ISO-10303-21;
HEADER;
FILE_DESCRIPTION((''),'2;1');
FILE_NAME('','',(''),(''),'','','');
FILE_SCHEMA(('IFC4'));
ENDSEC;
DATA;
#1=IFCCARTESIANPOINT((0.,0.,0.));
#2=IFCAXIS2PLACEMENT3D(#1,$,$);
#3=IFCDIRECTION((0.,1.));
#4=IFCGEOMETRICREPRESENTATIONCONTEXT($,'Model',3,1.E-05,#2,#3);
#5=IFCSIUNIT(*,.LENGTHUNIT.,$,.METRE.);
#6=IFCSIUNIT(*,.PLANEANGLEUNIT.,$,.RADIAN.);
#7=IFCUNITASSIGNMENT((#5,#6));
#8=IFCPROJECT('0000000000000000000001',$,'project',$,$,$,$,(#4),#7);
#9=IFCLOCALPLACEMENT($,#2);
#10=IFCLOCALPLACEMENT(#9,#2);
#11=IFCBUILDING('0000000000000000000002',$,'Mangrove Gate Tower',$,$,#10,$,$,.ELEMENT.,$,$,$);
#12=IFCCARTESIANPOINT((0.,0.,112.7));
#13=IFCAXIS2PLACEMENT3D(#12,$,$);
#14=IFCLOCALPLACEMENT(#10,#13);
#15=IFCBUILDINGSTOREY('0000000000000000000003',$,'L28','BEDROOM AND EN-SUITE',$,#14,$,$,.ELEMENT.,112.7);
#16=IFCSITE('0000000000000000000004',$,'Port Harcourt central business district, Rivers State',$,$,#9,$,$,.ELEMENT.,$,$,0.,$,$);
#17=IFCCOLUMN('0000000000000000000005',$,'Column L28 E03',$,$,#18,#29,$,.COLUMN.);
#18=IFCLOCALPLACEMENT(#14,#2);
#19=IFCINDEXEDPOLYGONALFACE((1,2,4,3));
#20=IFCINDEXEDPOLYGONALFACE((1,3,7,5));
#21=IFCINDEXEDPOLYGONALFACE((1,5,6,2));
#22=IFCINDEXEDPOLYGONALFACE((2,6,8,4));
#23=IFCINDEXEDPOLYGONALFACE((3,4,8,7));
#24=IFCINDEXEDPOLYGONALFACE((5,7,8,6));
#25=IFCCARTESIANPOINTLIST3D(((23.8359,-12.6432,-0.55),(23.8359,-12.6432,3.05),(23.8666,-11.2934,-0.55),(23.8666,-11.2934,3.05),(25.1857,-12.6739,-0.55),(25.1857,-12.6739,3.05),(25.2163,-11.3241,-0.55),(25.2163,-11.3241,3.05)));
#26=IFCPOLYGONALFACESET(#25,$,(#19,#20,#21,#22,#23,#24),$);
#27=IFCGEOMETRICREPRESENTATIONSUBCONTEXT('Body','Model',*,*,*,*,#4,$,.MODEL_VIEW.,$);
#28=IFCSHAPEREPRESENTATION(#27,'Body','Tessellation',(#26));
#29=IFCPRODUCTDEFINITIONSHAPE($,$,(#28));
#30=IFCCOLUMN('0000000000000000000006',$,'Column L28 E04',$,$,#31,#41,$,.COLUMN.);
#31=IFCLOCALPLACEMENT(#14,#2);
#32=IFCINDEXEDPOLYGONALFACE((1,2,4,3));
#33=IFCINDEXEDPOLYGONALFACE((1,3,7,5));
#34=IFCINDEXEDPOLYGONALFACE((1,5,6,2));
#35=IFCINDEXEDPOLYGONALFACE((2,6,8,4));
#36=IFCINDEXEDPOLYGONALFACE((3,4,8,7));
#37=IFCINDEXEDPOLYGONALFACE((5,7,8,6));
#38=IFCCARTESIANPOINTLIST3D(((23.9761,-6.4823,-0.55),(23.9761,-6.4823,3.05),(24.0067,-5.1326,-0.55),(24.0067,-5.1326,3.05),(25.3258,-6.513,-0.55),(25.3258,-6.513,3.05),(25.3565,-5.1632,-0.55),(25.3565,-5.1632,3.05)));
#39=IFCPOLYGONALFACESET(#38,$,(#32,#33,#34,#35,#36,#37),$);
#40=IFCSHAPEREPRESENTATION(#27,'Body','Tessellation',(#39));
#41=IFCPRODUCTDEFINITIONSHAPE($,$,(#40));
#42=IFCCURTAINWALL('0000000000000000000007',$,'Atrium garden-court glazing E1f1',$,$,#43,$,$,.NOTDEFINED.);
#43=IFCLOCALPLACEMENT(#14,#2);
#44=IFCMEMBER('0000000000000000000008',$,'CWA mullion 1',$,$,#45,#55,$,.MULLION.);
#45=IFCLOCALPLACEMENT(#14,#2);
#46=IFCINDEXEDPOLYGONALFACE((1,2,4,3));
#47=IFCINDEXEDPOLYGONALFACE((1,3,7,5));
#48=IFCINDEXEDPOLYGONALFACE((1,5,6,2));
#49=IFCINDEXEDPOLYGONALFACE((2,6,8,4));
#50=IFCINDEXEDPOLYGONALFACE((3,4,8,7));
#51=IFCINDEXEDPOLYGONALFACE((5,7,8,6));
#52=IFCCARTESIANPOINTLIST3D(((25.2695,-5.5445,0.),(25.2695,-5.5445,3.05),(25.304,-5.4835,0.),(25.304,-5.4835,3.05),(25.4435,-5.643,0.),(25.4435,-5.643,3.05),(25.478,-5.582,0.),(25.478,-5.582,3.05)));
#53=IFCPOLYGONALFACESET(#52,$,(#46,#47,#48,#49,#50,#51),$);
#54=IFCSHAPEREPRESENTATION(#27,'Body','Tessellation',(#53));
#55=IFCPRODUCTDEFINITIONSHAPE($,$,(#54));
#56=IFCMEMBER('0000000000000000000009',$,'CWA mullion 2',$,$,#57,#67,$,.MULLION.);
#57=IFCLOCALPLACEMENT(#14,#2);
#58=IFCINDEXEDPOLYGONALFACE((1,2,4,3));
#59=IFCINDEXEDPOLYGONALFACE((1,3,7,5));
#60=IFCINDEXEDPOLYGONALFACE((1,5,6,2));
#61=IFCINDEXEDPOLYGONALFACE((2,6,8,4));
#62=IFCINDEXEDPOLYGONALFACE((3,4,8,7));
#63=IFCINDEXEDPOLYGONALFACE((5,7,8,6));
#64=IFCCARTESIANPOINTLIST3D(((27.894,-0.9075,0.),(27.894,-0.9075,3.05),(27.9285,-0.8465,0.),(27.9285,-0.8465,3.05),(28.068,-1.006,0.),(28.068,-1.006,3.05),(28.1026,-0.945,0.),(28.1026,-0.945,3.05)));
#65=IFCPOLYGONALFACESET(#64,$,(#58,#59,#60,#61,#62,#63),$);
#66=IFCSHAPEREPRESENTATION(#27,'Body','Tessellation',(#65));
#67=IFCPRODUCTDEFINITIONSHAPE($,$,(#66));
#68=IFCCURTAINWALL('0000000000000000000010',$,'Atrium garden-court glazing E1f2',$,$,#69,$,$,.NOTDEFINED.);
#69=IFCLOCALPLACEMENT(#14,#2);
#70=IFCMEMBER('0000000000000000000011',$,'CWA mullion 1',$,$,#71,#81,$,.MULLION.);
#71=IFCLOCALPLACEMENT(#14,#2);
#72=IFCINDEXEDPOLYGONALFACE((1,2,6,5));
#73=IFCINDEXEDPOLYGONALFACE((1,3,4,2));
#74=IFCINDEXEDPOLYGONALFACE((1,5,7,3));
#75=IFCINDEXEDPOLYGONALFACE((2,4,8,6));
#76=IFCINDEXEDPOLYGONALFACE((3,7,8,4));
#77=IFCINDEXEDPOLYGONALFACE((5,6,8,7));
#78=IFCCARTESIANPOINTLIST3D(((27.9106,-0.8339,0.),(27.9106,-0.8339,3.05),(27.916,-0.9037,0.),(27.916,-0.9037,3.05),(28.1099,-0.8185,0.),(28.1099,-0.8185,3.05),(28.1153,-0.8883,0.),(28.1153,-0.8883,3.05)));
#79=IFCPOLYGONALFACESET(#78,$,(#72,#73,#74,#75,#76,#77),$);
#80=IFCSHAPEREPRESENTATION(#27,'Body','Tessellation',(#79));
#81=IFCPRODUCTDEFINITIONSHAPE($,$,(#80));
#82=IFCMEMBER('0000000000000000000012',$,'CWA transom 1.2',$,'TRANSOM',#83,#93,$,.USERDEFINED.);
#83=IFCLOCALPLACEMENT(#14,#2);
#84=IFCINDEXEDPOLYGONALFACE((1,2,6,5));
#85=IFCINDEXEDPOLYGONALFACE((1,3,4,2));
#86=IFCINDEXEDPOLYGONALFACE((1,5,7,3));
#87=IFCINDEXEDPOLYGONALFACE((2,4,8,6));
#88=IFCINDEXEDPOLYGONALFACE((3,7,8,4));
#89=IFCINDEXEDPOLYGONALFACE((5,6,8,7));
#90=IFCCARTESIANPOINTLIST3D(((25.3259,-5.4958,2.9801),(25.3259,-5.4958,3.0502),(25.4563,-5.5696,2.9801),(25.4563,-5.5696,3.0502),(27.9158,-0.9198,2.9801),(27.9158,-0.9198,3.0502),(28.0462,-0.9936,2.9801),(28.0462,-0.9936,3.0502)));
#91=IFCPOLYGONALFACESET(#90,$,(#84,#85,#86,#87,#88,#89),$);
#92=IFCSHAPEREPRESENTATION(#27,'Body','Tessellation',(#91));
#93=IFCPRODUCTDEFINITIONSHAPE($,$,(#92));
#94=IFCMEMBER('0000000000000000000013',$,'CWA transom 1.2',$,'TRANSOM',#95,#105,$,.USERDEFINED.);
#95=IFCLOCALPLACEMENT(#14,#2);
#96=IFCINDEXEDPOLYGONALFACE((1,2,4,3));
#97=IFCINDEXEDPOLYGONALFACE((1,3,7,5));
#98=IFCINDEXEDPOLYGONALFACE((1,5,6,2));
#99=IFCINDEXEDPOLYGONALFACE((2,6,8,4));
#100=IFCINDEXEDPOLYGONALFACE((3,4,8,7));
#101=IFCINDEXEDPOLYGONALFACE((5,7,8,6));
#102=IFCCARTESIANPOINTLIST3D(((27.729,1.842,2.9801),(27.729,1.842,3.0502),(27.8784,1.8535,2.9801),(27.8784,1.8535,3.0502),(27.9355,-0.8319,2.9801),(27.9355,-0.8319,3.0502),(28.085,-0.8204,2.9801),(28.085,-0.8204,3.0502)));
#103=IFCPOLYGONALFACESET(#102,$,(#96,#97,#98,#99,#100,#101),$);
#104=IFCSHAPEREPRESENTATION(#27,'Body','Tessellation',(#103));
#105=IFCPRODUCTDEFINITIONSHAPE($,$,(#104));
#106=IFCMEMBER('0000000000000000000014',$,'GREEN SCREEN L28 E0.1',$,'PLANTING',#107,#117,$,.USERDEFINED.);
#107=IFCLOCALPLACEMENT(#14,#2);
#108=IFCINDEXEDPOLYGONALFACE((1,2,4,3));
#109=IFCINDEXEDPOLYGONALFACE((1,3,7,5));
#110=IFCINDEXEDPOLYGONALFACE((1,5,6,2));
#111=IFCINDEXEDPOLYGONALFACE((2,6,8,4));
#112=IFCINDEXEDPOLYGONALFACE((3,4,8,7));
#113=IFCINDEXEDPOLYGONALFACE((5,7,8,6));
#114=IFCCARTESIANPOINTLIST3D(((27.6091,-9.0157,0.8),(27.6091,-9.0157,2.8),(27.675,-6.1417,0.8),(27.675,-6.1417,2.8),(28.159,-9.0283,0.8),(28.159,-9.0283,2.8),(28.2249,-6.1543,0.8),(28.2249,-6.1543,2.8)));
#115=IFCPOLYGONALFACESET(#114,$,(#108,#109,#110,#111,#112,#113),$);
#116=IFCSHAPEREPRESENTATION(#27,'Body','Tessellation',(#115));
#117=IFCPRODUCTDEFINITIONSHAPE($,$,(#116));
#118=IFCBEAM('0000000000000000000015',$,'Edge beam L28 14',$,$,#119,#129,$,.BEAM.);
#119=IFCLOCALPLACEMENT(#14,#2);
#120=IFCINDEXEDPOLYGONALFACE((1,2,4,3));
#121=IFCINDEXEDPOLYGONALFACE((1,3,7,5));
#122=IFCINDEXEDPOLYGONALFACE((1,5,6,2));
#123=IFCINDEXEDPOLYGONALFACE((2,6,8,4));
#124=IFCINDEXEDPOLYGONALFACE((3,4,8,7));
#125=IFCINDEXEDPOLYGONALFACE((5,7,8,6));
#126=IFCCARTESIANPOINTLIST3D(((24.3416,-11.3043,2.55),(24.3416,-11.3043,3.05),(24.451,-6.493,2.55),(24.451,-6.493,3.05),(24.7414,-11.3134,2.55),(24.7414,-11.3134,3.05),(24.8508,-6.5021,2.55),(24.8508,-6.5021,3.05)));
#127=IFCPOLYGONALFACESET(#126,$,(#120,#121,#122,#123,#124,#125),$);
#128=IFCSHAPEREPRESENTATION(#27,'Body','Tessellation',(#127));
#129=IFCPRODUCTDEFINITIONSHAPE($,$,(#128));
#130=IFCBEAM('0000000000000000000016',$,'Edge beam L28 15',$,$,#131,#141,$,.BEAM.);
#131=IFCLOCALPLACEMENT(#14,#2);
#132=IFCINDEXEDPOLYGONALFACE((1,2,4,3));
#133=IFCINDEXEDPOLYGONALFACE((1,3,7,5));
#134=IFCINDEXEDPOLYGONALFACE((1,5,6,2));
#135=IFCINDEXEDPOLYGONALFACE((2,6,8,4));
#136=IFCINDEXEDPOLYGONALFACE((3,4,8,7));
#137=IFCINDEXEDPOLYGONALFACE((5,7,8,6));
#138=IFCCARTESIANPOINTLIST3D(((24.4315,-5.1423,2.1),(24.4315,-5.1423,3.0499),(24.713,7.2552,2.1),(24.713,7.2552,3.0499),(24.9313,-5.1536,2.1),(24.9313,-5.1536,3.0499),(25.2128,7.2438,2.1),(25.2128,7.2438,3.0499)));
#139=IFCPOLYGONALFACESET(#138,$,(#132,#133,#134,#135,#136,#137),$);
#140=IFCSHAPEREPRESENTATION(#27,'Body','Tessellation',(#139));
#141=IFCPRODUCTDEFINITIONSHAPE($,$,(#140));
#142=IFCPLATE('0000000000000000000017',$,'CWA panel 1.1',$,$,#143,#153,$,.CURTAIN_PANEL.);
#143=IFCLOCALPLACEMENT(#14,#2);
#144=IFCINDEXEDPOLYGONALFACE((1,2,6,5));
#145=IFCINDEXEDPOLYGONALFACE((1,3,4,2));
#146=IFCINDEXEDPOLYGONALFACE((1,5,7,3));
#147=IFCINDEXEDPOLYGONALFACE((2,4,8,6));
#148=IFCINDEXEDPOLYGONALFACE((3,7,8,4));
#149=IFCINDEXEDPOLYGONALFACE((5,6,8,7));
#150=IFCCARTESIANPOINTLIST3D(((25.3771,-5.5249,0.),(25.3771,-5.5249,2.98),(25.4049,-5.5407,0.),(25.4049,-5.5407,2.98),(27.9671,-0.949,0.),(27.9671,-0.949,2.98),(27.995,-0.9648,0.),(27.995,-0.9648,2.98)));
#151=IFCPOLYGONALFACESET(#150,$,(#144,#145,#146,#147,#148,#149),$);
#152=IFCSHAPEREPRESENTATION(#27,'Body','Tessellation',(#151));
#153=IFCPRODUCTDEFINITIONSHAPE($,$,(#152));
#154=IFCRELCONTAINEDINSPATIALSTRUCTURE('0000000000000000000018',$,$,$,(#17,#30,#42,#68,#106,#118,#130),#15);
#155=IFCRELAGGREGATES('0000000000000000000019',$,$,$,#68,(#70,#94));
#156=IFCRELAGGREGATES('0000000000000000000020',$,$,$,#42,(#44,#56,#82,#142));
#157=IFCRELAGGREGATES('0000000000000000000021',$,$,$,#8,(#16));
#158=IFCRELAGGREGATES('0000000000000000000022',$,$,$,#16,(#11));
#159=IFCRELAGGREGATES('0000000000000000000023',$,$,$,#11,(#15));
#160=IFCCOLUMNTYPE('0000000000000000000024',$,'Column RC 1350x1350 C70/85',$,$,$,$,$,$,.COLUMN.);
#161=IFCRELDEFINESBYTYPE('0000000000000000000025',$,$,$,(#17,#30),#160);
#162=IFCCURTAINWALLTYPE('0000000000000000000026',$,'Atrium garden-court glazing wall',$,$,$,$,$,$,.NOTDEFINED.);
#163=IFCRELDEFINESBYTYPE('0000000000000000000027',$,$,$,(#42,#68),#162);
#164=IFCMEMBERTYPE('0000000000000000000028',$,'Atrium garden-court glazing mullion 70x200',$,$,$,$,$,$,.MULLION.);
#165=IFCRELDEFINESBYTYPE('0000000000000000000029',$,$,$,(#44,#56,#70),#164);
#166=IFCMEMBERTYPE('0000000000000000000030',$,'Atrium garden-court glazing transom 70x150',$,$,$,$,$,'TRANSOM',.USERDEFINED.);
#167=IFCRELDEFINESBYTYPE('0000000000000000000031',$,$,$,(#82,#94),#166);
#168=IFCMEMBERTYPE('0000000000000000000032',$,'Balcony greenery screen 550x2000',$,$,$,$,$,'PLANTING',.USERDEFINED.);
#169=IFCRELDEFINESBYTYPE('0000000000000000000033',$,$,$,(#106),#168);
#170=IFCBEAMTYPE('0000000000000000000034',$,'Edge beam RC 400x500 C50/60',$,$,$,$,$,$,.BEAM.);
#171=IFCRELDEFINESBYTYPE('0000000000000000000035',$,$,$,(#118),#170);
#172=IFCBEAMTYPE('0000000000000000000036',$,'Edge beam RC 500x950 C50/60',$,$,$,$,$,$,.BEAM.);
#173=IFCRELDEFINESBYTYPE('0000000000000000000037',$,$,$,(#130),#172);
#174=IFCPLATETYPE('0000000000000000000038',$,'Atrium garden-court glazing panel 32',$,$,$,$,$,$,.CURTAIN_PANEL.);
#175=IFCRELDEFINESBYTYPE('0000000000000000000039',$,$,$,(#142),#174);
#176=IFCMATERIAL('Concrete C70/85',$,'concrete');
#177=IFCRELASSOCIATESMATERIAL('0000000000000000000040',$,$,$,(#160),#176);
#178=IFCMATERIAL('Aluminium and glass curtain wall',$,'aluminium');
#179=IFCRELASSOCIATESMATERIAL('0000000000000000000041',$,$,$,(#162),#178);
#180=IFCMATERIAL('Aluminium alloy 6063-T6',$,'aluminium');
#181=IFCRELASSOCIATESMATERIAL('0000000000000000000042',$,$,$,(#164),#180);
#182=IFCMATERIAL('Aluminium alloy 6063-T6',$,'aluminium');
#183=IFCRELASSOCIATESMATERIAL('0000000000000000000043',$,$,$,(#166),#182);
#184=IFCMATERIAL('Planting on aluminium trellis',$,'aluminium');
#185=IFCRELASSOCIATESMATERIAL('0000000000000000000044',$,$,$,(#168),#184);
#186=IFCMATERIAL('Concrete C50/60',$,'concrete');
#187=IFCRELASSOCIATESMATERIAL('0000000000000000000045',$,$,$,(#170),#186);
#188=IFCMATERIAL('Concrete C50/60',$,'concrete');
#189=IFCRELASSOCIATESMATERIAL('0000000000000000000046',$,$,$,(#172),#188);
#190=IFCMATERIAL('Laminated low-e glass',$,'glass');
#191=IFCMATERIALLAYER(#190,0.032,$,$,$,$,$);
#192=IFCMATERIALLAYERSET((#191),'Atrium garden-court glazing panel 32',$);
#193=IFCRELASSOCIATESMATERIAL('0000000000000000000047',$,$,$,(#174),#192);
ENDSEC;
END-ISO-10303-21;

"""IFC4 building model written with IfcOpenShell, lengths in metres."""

from ifc_helpers import new_model, si_unit, direction, frame, origin, origin_2d, place, context, subcontext, project, spatial, rectangle, extrude, material, layer, layer_set, material_profile, profile_set, type_object, element, aggregate, save


model = new_model("IFC4")

# Units and contexts
model_context = context("Model", 3, precision=1e-05, world=origin(), true_north=direction((0.0, 1.0)))
body_context = subcontext(model_context, "Body", "Model", "MODEL_VIEW")
ifc_project = project(units=[si_unit("LENGTHUNIT", "METRE"), si_unit("PLANEANGLEUNIT", "RADIAN")], contexts=[model_context])

# Site, building, storey
site_placement = place(None, origin())
site = spatial("IfcSite", under=ifc_project, at=site_placement, Name="Port Harcourt central business district, Rivers State", CompositionType="ELEMENT", RefElevation=0.0)
building_placement = place(site_placement, origin())
building = spatial("IfcBuilding", under=site, at=building_placement, Name="Mangrove Gate Tower", CompositionType="ELEMENT")
storey_placement = place(building_placement, frame((0.0, 0.0, 112.7)))
storey = spatial("IfcBuildingStorey", under=building, at=storey_placement, Name="L28", Description="BEDROOM AND EN-SUITE", CompositionType="ELEMENT", Elevation=112.7)

# Columns
ifc_material_1 = material(Name="Concrete C70/85", Category="concrete")
ifc_material_profile_1 = material_profile(ifc_material_1, rectangle(XDim=1.3501, YDim=1.3501, at=origin_2d()))
ifc_profile_set_1 = profile_set([ifc_material_profile_1], Name="Concrete C70/85")
column_type = type_object("IfcColumnType", Name="Column RC 1350x1350 C70/85", PredefinedType="COLUMN", material=ifc_profile_set_1)
for number, where, z_axis, x_axis, name in (
    (1, (24.5261, -11.9836, -0.55), (0.0, 0.0, 1.0), (0.022718, 0.999742, 0.0), "Column L28 E03"),
    (2, (24.6663, -5.8228, -0.55), (0.0, 0.0, 1.0), (0.022699, 0.999742, 0.0), "Column L28 E04"),
):
    element("IfcColumn", number, at=place(storey_placement, frame(where, z_axis=z_axis, x_axis=x_axis)), inside=storey, type_object=column_type, Name=name, PredefinedType="COLUMN", context=body_context, shape_type="SweptSolid", body=[
        extrude(rectangle(XDim=1.3501, YDim=1.3501, at=origin_2d()), origin(), (0.0, 0.0, 1.0), 3.6001),
    ])

# Curtain wall, members
ifc_material_2 = material(Name="Aluminium and glass curtain wall", Category="aluminium")
curtain_wall_type = type_object("IfcCurtainWallType", Name="Atrium garden-court glazing wall", PredefinedType="NOTDEFINED", material=ifc_material_2)
curtain_wall_1_placement = place(storey_placement, origin())
curtain_wall_1 = element("IfcCurtainWall", 3, at=curtain_wall_1_placement, inside=storey, type_object=curtain_wall_type, Name="Atrium garden-court glazing E1f1", PredefinedType="NOTDEFINED")
ifc_material_3 = material(Name="Aluminium alloy 6063-T6", Category="aluminium")
ifc_material_profile_2 = material_profile(ifc_material_3, rectangle(XDim=0.0701, YDim=0.2, at=origin_2d()))
ifc_profile_set_2 = profile_set([ifc_material_profile_2], Name="Aluminium alloy 6063-T6")
member_type_1 = type_object("IfcMemberType", Name="Atrium garden-court glazing mullion 70x200", PredefinedType="MULLION", material=ifc_profile_set_2)
member_1_placement = place(storey_placement, frame((25.3738, -5.5632, 0.0), z_axis=(0.0, 0.0, 1.0), x_axis=(0.492585, 0.870265, 0.0)))
member_1 = element("IfcMember", 4, at=member_1_placement, type_object=member_type_1, Name="CWA mullion 1", PredefinedType="MULLION", context=body_context, shape_type="SweptSolid", body=[
    extrude(rectangle(XDim=0.0701, YDim=0.2, at=origin_2d()), origin(), (0.0, 0.0, 1.0), 3.05),
])
member_2_placement = place(storey_placement, frame((27.9983, -0.9263, 0.0), z_axis=(0.0, 0.0, 1.0), x_axis=(0.492585, 0.870265, 0.0)))
member_2 = element("IfcMember", 5, at=member_2_placement, type_object=member_type_1, Name="CWA mullion 2", PredefinedType="MULLION", context=body_context, shape_type="SweptSolid", body=[
    extrude(rectangle(XDim=0.0701, YDim=0.2, at=origin_2d()), origin(), (0.0, 0.0, 1.0), 3.05),
])

# Curtain wall, member
curtain_wall_2_placement = place(storey_placement, origin())
curtain_wall_2 = element("IfcCurtainWall", 6, at=curtain_wall_2_placement, inside=storey, type_object=curtain_wall_type, Name="Atrium garden-court glazing E1f2", PredefinedType="NOTDEFINED")
member_3_placement = place(storey_placement, frame((28.0129, -0.8611, 0.0), z_axis=(0.0, 0.0, 1.0), x_axis=(-0.077023, 0.997029, 0.0)))
member_3 = element("IfcMember", 7, at=member_3_placement, type_object=member_type_1, Name="CWA mullion 1", PredefinedType="MULLION", context=body_context, shape_type="SweptSolid", body=[
    extrude(rectangle(XDim=0.0701, YDim=0.2, at=origin_2d()), origin(), (0.0, 0.0, 1.0), 3.05),
])

# Members
ifc_material_4 = material(Name="Aluminium alloy 6063-T6", Category="aluminium")
ifc_material_profile_3 = material_profile(ifc_material_4, rectangle(XDim=0.0701, YDim=0.1499, at=origin_2d()))
ifc_profile_set_3 = profile_set([ifc_material_profile_3], Name="Aluminium alloy 6063-T6")
member_type_2 = type_object("IfcMemberType", Name="Atrium garden-court glazing transom 70x150", ElementType="TRANSOM", PredefinedType="USERDEFINED", material=ifc_profile_set_3)
member_4_placement = place(storey_placement, frame((25.3911, -5.5327, 3.0151), z_axis=(0.492554, 0.870282, 0.0), x_axis=(0.0, 0.0, 1.0)))
member_4 = element("IfcMember", 8, at=member_4_placement, type_object=member_type_2, Name="CWA transom 1.2", ObjectType="TRANSOM", PredefinedType="USERDEFINED", context=body_context, shape_type="SweptSolid", body=[
    extrude(rectangle(XDim=0.0701, YDim=0.1499, at=origin_2d()), origin(), (0.0, 0.0, 1.0), 5.2581),
])
member_5_placement = place(storey_placement, frame((28.0103, -0.8262, 3.0151), z_axis=(-0.077017, 0.99703, 0.0), x_axis=(0.0, 0.0, 1.0)))
member_5 = element("IfcMember", 9, at=member_5_placement, type_object=member_type_2, Name="CWA transom 1.2", ObjectType="TRANSOM", PredefinedType="USERDEFINED", context=body_context, shape_type="SweptSolid", body=[
    extrude(rectangle(XDim=0.0701, YDim=0.1499, at=origin_2d()), origin(), (0.0, 0.0, 1.0), 2.6819),
])
aggregate(curtain_wall_2, [member_3, member_5])
ifc_material_5 = material(Name="Planting on aluminium trellis", Category="aluminium")
ifc_material_profile_4 = material_profile(ifc_material_5, rectangle(XDim=0.55, YDim=2.0, at=origin_2d()))
ifc_profile_set_4 = profile_set([ifc_material_profile_4], Name="Planting on aluminium trellis")
member_type_3 = type_object("IfcMemberType", Name="Balcony greenery screen 550x2000", ElementType="PLANTING", PredefinedType="USERDEFINED", material=ifc_profile_set_4)
member_6_placement = place(storey_placement, frame((27.884, -9.022, 1.8), z_axis=(0.02293, 0.999737, 0.0), x_axis=(-0.999737, 0.02293, 0.0)))
element("IfcMember", 10, at=member_6_placement, inside=storey, type_object=member_type_3, Name="GREEN SCREEN L28 E0.1", ObjectType="PLANTING", PredefinedType="USERDEFINED", context=body_context, shape_type="SweptSolid", body=[
    extrude(rectangle(XDim=0.55, YDim=2.0, at=origin_2d()), origin(), (0.0, 0.0, 1.0), 2.8748),
])

# Beams
ifc_material_6 = material(Name="Concrete C50/60", Category="concrete")
ifc_material_profile_5 = material_profile(ifc_material_6, rectangle(XDim=0.3999, YDim=0.5, at=origin_2d()))
ifc_profile_set_5 = profile_set([ifc_material_profile_5], Name="Concrete C50/60")
beam_type_1 = type_object("IfcBeamType", Name="Edge beam RC 400x500 C50/60", PredefinedType="BEAM", material=ifc_profile_set_5)
beam_1_placement = place(storey_placement, frame((24.5415, -11.3088, 2.8), z_axis=(0.022727, 0.999742, 0.0), x_axis=(-0.999742, 0.022727, 0.0)))
element("IfcBeam", 11, at=beam_1_placement, inside=storey, type_object=beam_type_1, Name="Edge beam L28 14", PredefinedType="BEAM", context=body_context, shape_type="SweptSolid", body=[
    extrude(rectangle(XDim=0.3999, YDim=0.5, at=origin_2d()), origin(), (0.0, 0.0, 1.0), 4.8125),
])
ifc_material_7 = material(Name="Concrete C50/60", Category="concrete")
ifc_material_profile_6 = material_profile(ifc_material_7, rectangle(XDim=0.5, YDim=0.95, at=origin_2d()))
ifc_profile_set_6 = profile_set([ifc_material_profile_6], Name="Concrete C50/60")
beam_type_2 = type_object("IfcBeamType", Name="Edge beam RC 500x950 C50/60", PredefinedType="BEAM", material=ifc_profile_set_6)
beam_2_placement = place(storey_placement, frame((24.6814, -5.1479, 2.575), z_axis=(0.0227, 0.999742, 0.0), x_axis=(-0.999742, 0.0227, 0.0)))
element("IfcBeam", 12, at=beam_2_placement, inside=storey, type_object=beam_type_2, Name="Edge beam L28 15", PredefinedType="BEAM", context=body_context, shape_type="SweptSolid", body=[
    extrude(rectangle(XDim=0.5, YDim=0.95, at=origin_2d()), origin(), (0.0, 0.0, 1.0), 12.4006),
])

# Plate
ifc_material_8 = material(Name="Laminated low-e glass", Category="glass")
ifc_layer_1 = layer(ifc_material_8, 0.032)
ifc_layer_set_1 = layer_set([ifc_layer_1], Name="Atrium garden-court glazing panel 32")
plate_type = type_object("IfcPlateType", Name="Atrium garden-court glazing panel 32", PredefinedType="CURTAIN_PANEL", material=ifc_layer_set_1)
plate_placement = place(storey_placement, frame((26.686, -3.2449, 0.0), z_axis=(0.0, 0.0, 1.0), x_axis=(0.492585, 0.870265, 0.0)))
plate = element("IfcPlate", 13, at=plate_placement, type_object=plate_type, Name="CWA panel 1.1", PredefinedType="CURTAIN_PANEL", context=body_context, shape_type="SweptSolid", body=[
    extrude(rectangle(XDim=5.2581, YDim=0.032, at=origin_2d()), origin(), (0.0, 0.0, 1.0), 2.98),
])
aggregate(curtain_wall_1, [member_1, member_2, member_4, plate])

save(model, "model.ifc")
